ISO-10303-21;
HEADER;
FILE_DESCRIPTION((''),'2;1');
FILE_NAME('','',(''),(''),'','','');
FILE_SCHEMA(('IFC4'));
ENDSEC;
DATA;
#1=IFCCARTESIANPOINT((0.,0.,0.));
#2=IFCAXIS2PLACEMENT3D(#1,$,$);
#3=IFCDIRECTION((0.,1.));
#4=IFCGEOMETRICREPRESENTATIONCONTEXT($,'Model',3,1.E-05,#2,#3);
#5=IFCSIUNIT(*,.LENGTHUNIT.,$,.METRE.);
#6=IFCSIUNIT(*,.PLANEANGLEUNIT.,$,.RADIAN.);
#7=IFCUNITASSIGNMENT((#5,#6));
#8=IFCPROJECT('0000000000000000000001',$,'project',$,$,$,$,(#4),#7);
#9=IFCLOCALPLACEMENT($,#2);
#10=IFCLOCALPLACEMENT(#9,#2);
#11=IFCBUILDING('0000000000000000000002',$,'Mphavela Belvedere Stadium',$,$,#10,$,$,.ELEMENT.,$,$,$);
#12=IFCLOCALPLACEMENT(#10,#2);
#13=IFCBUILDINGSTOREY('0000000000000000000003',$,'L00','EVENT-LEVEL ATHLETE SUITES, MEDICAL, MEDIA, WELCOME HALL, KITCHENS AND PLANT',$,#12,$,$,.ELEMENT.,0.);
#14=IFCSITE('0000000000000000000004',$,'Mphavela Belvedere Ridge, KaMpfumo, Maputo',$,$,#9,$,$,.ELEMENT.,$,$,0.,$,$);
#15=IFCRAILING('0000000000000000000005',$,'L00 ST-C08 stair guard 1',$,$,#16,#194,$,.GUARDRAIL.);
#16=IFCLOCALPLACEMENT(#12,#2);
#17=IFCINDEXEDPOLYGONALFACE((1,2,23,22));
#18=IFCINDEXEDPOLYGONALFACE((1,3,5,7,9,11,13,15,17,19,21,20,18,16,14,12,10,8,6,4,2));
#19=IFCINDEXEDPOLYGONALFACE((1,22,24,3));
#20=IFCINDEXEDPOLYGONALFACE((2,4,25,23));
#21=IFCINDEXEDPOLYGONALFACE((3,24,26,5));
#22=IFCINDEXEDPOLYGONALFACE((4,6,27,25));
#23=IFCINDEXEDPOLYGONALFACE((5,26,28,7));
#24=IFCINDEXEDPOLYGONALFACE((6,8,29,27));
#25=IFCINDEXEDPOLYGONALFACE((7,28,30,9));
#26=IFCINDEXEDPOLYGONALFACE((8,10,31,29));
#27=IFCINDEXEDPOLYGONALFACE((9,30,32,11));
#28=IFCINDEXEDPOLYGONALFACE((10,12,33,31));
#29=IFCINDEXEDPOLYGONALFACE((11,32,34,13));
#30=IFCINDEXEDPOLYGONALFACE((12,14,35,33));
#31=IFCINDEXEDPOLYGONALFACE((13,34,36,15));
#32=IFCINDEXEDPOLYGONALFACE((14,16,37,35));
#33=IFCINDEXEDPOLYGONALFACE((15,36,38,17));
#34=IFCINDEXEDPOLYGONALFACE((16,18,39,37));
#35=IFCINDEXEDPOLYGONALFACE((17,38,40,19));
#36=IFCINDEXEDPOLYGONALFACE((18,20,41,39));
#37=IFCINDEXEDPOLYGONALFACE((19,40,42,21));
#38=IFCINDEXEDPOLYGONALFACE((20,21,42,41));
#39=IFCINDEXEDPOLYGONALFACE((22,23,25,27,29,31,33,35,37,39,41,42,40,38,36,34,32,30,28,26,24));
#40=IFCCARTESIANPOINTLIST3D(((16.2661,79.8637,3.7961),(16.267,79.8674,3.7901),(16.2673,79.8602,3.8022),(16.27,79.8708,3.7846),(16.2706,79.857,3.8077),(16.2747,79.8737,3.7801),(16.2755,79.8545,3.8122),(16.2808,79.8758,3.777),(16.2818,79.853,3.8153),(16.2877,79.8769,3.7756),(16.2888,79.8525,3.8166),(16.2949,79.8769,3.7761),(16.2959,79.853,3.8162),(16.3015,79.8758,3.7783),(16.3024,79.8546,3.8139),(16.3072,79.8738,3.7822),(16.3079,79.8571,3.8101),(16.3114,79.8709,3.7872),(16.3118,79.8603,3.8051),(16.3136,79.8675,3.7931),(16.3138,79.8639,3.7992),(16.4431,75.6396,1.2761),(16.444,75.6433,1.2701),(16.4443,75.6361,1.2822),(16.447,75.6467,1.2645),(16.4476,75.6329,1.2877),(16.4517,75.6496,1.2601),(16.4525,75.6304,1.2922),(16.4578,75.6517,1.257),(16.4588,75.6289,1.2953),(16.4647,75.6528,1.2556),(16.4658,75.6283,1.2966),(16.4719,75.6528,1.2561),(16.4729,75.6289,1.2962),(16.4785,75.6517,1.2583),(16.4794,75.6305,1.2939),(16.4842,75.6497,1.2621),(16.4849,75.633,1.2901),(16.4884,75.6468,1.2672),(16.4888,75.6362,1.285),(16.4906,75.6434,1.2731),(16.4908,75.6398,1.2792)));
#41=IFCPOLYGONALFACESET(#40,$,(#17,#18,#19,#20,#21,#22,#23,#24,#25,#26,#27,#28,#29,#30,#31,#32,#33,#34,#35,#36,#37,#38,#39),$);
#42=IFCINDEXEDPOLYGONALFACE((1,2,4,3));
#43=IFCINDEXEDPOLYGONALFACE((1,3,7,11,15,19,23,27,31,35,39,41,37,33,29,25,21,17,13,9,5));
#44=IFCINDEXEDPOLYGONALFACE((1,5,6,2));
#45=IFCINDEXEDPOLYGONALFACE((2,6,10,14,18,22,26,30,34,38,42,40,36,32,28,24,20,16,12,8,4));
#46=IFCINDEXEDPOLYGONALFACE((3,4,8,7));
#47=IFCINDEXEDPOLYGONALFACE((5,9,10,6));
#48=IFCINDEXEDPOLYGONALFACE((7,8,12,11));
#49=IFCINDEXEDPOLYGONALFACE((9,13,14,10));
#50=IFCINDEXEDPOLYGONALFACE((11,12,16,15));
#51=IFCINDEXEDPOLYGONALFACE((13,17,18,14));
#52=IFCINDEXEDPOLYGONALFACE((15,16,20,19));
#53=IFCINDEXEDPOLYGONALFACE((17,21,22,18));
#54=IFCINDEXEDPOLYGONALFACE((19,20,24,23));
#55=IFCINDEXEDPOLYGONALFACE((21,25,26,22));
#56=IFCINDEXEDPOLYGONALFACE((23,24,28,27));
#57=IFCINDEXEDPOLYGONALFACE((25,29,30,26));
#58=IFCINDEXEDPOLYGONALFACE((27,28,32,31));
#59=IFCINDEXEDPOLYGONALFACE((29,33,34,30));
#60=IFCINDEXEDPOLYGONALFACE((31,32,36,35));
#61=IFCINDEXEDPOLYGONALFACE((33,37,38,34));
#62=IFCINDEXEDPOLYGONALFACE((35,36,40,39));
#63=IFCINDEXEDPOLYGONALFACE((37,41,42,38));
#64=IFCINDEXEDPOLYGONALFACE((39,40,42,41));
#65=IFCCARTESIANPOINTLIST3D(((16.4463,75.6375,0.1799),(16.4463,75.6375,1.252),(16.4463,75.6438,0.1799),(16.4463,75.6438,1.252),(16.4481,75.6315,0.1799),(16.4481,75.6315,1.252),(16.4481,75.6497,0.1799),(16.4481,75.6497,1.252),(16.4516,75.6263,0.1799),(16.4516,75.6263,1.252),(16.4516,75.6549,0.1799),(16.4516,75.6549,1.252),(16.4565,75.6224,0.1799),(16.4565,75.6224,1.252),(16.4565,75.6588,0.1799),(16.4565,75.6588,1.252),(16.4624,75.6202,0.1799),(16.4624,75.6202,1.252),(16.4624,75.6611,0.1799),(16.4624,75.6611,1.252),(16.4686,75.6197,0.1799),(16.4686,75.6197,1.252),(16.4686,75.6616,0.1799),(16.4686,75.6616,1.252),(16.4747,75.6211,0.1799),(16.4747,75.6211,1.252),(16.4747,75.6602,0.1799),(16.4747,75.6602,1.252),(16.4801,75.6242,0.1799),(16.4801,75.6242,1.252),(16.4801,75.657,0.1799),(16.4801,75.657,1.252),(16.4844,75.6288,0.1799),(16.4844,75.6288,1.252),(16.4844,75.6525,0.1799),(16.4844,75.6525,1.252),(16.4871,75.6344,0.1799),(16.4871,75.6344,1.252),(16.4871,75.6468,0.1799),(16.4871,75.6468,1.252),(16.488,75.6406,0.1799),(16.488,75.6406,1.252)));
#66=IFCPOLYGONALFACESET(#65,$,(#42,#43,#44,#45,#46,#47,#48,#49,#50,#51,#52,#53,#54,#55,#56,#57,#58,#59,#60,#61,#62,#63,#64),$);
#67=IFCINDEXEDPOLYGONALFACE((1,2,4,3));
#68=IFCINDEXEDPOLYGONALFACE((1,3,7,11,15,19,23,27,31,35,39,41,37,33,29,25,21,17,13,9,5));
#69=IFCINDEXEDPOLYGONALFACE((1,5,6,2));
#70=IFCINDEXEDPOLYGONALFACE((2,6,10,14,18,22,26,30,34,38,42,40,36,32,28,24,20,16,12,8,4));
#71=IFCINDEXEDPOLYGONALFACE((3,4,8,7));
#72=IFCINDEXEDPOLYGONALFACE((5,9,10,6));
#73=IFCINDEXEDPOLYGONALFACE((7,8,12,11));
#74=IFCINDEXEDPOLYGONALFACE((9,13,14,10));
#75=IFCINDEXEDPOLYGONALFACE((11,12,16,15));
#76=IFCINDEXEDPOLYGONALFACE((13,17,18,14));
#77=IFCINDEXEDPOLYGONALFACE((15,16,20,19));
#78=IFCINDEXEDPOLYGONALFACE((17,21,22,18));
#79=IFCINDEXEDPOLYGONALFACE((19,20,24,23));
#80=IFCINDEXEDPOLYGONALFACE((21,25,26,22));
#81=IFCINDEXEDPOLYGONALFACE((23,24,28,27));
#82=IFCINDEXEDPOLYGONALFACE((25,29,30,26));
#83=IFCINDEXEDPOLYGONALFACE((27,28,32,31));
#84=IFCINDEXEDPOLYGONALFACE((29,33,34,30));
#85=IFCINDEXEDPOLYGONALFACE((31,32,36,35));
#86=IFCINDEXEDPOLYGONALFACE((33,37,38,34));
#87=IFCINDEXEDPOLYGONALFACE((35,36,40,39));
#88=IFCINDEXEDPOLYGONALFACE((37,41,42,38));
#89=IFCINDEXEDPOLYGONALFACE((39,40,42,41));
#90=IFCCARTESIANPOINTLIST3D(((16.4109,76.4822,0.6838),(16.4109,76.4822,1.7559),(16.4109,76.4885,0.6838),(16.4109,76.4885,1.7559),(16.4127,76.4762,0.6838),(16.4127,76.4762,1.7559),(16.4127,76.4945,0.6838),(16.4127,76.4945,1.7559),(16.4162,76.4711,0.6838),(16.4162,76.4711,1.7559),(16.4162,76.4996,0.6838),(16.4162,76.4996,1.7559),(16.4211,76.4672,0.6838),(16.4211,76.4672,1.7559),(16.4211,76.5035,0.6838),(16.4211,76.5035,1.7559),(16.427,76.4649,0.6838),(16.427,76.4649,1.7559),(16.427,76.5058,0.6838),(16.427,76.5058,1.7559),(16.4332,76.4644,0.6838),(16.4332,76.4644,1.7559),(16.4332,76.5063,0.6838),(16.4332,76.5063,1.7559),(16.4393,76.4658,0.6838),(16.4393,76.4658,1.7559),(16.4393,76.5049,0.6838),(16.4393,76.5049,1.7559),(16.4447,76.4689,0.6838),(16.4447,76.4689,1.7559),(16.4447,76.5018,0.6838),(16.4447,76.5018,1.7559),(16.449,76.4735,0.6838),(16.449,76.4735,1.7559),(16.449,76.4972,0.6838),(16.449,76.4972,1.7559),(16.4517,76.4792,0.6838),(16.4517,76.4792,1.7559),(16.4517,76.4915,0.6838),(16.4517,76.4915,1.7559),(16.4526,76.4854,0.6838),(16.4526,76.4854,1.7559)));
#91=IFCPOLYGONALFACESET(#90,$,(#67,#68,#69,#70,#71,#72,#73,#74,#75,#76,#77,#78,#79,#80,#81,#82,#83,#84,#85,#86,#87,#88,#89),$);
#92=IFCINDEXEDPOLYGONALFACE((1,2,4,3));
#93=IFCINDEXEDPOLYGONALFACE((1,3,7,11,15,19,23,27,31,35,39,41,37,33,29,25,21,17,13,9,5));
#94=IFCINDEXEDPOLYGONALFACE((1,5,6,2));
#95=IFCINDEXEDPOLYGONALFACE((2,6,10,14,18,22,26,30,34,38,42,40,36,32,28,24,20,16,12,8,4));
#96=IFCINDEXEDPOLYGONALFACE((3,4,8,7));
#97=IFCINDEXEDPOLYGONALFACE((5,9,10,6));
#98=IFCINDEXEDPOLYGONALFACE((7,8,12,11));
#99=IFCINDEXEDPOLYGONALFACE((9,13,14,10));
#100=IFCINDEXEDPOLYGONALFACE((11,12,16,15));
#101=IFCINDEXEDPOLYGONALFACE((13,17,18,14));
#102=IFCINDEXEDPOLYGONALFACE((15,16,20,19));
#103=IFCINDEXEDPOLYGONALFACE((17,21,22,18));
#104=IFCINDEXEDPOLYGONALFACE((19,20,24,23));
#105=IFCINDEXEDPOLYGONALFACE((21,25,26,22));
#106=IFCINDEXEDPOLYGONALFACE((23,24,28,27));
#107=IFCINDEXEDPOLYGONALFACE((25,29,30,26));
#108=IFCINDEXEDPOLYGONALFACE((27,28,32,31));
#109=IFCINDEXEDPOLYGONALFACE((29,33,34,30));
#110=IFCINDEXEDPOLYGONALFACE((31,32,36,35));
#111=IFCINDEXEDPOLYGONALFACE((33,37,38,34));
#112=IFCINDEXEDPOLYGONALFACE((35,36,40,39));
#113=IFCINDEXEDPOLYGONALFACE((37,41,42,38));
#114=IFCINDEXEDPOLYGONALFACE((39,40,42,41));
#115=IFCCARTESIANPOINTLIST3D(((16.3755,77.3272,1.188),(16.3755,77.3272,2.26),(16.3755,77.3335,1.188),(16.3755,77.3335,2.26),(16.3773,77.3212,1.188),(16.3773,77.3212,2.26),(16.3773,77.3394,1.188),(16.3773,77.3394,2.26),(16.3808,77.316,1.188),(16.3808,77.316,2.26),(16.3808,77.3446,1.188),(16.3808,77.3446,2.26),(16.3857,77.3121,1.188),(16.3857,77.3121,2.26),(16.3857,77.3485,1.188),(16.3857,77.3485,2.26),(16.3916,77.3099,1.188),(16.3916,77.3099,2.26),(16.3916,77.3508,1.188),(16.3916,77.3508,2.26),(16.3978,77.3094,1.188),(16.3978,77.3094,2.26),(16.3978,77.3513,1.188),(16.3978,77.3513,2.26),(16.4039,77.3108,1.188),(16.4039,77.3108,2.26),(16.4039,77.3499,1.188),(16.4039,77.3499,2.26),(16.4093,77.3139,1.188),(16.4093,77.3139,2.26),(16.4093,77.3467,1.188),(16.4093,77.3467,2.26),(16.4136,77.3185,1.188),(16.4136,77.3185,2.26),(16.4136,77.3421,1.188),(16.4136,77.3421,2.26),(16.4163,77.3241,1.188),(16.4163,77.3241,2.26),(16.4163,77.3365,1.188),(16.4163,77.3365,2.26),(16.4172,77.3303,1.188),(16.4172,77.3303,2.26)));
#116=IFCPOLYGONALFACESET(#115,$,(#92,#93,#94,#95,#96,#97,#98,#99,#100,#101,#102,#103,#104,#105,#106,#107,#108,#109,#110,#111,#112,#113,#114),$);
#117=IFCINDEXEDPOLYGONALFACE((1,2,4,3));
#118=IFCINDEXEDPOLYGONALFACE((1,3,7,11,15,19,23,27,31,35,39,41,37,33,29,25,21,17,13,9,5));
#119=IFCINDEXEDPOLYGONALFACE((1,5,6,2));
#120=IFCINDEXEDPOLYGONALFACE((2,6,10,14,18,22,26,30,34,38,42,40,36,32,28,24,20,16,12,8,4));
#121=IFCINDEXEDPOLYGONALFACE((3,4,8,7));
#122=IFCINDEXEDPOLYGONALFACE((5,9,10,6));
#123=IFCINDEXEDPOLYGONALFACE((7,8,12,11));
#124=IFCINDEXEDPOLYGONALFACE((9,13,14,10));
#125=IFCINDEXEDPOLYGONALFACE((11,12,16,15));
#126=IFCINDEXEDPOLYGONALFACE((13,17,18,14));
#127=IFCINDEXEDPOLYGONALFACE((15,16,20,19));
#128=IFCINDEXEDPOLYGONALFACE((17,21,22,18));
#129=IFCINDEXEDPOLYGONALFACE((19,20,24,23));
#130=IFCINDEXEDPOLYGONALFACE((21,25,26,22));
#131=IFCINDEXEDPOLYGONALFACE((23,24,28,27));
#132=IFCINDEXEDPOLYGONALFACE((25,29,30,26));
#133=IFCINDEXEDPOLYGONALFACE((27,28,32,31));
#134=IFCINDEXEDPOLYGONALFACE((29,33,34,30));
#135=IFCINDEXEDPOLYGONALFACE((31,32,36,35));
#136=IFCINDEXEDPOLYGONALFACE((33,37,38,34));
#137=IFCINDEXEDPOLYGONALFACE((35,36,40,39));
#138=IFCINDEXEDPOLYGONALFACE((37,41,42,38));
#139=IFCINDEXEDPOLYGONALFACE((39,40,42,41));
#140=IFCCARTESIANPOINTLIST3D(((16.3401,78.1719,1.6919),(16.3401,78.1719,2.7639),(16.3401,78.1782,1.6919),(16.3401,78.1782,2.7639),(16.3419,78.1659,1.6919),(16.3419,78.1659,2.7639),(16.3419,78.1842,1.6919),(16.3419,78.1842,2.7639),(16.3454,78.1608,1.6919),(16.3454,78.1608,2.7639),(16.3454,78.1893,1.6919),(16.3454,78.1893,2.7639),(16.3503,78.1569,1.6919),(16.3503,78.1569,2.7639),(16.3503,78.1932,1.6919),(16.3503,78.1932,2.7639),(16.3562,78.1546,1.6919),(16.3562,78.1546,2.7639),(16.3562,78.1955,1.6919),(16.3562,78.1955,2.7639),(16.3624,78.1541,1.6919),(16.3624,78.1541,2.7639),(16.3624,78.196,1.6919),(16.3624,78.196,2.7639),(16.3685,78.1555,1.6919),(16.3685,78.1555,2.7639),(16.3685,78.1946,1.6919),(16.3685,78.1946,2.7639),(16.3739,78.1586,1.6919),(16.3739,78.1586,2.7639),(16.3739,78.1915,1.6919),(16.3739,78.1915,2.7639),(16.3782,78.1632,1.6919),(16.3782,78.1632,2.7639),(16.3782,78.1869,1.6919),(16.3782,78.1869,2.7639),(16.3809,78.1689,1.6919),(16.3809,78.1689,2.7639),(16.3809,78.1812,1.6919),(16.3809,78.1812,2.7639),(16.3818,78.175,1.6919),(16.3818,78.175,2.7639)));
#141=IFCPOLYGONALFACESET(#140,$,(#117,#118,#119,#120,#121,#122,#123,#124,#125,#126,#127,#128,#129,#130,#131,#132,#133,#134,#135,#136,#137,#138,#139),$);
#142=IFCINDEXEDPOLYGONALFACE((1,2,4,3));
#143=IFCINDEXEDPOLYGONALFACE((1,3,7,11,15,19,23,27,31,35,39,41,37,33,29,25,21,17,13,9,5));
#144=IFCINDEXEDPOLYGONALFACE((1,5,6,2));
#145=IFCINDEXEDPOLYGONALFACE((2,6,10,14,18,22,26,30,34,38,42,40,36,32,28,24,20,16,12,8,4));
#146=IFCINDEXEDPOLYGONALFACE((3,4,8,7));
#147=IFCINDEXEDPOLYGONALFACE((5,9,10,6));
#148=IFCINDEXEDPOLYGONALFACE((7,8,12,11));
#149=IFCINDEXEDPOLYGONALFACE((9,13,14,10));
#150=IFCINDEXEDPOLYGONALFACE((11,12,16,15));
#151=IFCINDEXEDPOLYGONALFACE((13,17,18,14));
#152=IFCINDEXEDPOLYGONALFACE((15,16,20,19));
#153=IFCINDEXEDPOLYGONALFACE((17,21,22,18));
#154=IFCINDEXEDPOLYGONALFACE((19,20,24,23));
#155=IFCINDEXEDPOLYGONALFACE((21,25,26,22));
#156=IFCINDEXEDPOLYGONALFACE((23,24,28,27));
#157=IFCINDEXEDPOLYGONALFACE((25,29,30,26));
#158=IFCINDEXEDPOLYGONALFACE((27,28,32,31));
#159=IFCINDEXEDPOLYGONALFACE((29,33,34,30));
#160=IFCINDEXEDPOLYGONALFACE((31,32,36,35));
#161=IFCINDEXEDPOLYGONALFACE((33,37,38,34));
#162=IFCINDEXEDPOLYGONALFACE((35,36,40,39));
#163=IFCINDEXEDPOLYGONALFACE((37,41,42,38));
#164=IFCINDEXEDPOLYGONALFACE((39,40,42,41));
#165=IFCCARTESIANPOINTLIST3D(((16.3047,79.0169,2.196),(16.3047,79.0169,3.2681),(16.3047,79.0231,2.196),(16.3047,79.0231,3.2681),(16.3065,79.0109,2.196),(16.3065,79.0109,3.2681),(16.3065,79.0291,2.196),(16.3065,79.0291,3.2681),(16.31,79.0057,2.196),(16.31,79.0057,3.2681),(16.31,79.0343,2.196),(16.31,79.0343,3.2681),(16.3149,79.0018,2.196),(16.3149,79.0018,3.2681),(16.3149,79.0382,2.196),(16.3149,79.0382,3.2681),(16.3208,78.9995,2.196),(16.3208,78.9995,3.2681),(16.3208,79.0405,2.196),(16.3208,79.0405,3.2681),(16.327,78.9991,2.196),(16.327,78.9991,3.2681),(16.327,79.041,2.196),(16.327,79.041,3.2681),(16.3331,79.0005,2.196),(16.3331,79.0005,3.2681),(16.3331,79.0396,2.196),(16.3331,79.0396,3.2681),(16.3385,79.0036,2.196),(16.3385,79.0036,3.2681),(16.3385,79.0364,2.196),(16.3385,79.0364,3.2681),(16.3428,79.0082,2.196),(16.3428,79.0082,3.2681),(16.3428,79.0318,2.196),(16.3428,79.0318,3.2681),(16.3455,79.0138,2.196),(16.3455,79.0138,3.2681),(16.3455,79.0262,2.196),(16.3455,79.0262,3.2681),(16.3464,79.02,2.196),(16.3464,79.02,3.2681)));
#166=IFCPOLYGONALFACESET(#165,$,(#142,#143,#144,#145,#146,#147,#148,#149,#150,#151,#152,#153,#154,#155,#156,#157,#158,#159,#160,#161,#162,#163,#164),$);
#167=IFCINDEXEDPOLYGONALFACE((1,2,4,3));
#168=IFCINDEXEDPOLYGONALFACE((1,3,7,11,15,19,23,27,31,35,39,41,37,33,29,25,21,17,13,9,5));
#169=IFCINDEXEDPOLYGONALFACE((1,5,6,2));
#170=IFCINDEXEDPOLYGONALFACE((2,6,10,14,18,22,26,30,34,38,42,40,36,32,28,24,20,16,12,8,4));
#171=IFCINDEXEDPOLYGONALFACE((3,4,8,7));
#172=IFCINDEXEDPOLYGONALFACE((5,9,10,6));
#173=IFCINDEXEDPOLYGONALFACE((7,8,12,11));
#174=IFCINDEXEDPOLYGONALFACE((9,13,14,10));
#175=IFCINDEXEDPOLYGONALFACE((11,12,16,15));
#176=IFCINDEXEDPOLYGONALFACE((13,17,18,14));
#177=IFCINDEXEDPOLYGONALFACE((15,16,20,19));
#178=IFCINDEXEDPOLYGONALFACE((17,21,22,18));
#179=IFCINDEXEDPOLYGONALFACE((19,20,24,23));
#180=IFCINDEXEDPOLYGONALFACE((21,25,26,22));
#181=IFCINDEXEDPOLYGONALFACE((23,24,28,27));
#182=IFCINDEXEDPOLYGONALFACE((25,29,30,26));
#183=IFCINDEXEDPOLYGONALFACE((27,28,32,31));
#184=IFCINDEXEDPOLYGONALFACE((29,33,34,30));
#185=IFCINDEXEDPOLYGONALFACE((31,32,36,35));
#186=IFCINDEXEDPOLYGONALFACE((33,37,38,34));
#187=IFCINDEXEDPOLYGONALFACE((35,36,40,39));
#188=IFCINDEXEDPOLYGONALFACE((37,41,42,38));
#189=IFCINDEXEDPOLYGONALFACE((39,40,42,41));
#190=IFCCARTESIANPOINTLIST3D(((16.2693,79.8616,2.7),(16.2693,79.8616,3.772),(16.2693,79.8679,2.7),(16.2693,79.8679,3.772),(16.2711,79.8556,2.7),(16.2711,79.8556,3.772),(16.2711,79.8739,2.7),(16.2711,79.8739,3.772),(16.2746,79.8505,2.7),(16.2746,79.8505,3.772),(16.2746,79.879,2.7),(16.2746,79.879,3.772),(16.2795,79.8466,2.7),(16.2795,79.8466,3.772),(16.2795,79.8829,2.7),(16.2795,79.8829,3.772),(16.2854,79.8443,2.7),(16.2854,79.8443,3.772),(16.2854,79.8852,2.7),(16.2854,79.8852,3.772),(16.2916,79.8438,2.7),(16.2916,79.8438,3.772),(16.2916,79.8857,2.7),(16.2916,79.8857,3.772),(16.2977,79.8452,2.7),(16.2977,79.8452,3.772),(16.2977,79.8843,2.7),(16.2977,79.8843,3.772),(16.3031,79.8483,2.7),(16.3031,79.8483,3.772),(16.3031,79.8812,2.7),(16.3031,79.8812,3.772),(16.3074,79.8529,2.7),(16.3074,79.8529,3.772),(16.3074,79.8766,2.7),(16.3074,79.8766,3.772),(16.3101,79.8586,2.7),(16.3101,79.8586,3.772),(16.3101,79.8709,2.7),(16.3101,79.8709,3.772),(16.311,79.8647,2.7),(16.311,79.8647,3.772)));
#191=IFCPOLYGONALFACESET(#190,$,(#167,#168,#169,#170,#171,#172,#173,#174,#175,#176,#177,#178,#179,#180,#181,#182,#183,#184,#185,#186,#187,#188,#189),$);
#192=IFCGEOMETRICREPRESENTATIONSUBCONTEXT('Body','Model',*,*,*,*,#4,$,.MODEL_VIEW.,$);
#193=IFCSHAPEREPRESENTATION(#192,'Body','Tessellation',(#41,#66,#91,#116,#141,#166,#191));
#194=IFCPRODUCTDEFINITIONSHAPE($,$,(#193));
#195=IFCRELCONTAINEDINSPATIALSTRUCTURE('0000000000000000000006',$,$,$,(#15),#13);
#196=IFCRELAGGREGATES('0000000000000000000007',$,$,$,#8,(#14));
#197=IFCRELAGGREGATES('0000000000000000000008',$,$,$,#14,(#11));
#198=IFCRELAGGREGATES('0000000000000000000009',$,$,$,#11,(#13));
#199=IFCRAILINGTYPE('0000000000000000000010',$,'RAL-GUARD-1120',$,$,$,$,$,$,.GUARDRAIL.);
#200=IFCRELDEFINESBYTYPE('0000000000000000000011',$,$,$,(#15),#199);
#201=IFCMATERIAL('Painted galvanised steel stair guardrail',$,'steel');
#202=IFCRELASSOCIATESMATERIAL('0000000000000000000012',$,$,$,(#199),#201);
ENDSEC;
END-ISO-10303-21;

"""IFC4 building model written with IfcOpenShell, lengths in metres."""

from ifc_helpers import new_model, si_unit, direction, frame, origin, origin_2d, place, context, subcontext, project, spatial, circle, extrude, material, type_object, element, save


model = new_model("IFC4")

# Units and contexts
model_context = context("Model", 3, precision=1e-05, world=origin(), true_north=direction((0.0, 1.0)))
body_context = subcontext(model_context, "Body", "Model", "MODEL_VIEW")
ifc_project = project(units=[si_unit("LENGTHUNIT", "METRE"), si_unit("PLANEANGLEUNIT", "RADIAN")], contexts=[model_context])

# Site, building, storey
site_placement = place(None, origin())
site = spatial("IfcSite", under=ifc_project, at=site_placement, Name="Mphavela Belvedere Ridge, KaMpfumo, Maputo", CompositionType="ELEMENT", RefElevation=0.0)
building_placement = place(site_placement, origin())
building = spatial("IfcBuilding", under=site, at=building_placement, Name="Mphavela Belvedere Stadium", CompositionType="ELEMENT")
storey_placement = place(building_placement, origin())
storey = spatial("IfcBuildingStorey", under=building, at=storey_placement, Name="L00", Description="EVENT-LEVEL ATHLETE SUITES, MEDICAL, MEDIA, WELCOME HALL, KITCHENS AND PLANT", CompositionType="ELEMENT", Elevation=0.0)

# Railing
ifc_material_1 = material(Name="Painted galvanised steel stair guardrail", Category="steel")
railing_type_1 = type_object("IfcRailingType", Name="RAL-GUARD-1120", PredefinedType="GUARDRAIL", material=ifc_material_1)
railing_1_placement = place(storey_placement, frame((16.467, 75.6406, 0.1799)))
element("IfcRailing", 1, at=railing_1_placement, inside=storey, type_object=railing_type_1, Name="L00 ST-C08 stair guard 1", PredefinedType="GUARDRAIL", context=body_context, shape_type="SweptSolid", body=[
    extrude(circle(Radius=0.0239, at=origin_2d()), frame((0.0, 0.0, 1.0962), z_axis=(-0.035962, 0.858231, 0.512002), x_axis=(-0.999123, -0.041866, 0.0)), (0.0, 0.0, 1.0), 4.9219),
    extrude(circle(Radius=0.021, at=origin_2d()), origin(), (0.0, 0.0, 1.0), 1.072),
    extrude(circle(Radius=0.021, at=origin_2d()), frame((-0.0354, 0.8447, 0.5039)), (0.0, 0.0, 1.0), 1.072),
    extrude(circle(Radius=0.021, at=origin_2d()), frame((-0.0708, 1.6897, 1.0081)), (0.0, 0.0, 1.0), 1.072),
    extrude(circle(Radius=0.021, at=origin_2d()), frame((-0.1062, 2.5344, 1.512)), (0.0, 0.0, 1.0), 1.072),
    extrude(circle(Radius=0.021, at=origin_2d()), frame((-0.1416, 3.3794, 2.0161)), (0.0, 0.0, 1.0), 1.072),
    extrude(circle(Radius=0.021, at=origin_2d()), frame((-0.177, 4.2241, 2.52)), (0.0, 0.0, 1.0), 1.072),
])

save(model, "model.ifc")
